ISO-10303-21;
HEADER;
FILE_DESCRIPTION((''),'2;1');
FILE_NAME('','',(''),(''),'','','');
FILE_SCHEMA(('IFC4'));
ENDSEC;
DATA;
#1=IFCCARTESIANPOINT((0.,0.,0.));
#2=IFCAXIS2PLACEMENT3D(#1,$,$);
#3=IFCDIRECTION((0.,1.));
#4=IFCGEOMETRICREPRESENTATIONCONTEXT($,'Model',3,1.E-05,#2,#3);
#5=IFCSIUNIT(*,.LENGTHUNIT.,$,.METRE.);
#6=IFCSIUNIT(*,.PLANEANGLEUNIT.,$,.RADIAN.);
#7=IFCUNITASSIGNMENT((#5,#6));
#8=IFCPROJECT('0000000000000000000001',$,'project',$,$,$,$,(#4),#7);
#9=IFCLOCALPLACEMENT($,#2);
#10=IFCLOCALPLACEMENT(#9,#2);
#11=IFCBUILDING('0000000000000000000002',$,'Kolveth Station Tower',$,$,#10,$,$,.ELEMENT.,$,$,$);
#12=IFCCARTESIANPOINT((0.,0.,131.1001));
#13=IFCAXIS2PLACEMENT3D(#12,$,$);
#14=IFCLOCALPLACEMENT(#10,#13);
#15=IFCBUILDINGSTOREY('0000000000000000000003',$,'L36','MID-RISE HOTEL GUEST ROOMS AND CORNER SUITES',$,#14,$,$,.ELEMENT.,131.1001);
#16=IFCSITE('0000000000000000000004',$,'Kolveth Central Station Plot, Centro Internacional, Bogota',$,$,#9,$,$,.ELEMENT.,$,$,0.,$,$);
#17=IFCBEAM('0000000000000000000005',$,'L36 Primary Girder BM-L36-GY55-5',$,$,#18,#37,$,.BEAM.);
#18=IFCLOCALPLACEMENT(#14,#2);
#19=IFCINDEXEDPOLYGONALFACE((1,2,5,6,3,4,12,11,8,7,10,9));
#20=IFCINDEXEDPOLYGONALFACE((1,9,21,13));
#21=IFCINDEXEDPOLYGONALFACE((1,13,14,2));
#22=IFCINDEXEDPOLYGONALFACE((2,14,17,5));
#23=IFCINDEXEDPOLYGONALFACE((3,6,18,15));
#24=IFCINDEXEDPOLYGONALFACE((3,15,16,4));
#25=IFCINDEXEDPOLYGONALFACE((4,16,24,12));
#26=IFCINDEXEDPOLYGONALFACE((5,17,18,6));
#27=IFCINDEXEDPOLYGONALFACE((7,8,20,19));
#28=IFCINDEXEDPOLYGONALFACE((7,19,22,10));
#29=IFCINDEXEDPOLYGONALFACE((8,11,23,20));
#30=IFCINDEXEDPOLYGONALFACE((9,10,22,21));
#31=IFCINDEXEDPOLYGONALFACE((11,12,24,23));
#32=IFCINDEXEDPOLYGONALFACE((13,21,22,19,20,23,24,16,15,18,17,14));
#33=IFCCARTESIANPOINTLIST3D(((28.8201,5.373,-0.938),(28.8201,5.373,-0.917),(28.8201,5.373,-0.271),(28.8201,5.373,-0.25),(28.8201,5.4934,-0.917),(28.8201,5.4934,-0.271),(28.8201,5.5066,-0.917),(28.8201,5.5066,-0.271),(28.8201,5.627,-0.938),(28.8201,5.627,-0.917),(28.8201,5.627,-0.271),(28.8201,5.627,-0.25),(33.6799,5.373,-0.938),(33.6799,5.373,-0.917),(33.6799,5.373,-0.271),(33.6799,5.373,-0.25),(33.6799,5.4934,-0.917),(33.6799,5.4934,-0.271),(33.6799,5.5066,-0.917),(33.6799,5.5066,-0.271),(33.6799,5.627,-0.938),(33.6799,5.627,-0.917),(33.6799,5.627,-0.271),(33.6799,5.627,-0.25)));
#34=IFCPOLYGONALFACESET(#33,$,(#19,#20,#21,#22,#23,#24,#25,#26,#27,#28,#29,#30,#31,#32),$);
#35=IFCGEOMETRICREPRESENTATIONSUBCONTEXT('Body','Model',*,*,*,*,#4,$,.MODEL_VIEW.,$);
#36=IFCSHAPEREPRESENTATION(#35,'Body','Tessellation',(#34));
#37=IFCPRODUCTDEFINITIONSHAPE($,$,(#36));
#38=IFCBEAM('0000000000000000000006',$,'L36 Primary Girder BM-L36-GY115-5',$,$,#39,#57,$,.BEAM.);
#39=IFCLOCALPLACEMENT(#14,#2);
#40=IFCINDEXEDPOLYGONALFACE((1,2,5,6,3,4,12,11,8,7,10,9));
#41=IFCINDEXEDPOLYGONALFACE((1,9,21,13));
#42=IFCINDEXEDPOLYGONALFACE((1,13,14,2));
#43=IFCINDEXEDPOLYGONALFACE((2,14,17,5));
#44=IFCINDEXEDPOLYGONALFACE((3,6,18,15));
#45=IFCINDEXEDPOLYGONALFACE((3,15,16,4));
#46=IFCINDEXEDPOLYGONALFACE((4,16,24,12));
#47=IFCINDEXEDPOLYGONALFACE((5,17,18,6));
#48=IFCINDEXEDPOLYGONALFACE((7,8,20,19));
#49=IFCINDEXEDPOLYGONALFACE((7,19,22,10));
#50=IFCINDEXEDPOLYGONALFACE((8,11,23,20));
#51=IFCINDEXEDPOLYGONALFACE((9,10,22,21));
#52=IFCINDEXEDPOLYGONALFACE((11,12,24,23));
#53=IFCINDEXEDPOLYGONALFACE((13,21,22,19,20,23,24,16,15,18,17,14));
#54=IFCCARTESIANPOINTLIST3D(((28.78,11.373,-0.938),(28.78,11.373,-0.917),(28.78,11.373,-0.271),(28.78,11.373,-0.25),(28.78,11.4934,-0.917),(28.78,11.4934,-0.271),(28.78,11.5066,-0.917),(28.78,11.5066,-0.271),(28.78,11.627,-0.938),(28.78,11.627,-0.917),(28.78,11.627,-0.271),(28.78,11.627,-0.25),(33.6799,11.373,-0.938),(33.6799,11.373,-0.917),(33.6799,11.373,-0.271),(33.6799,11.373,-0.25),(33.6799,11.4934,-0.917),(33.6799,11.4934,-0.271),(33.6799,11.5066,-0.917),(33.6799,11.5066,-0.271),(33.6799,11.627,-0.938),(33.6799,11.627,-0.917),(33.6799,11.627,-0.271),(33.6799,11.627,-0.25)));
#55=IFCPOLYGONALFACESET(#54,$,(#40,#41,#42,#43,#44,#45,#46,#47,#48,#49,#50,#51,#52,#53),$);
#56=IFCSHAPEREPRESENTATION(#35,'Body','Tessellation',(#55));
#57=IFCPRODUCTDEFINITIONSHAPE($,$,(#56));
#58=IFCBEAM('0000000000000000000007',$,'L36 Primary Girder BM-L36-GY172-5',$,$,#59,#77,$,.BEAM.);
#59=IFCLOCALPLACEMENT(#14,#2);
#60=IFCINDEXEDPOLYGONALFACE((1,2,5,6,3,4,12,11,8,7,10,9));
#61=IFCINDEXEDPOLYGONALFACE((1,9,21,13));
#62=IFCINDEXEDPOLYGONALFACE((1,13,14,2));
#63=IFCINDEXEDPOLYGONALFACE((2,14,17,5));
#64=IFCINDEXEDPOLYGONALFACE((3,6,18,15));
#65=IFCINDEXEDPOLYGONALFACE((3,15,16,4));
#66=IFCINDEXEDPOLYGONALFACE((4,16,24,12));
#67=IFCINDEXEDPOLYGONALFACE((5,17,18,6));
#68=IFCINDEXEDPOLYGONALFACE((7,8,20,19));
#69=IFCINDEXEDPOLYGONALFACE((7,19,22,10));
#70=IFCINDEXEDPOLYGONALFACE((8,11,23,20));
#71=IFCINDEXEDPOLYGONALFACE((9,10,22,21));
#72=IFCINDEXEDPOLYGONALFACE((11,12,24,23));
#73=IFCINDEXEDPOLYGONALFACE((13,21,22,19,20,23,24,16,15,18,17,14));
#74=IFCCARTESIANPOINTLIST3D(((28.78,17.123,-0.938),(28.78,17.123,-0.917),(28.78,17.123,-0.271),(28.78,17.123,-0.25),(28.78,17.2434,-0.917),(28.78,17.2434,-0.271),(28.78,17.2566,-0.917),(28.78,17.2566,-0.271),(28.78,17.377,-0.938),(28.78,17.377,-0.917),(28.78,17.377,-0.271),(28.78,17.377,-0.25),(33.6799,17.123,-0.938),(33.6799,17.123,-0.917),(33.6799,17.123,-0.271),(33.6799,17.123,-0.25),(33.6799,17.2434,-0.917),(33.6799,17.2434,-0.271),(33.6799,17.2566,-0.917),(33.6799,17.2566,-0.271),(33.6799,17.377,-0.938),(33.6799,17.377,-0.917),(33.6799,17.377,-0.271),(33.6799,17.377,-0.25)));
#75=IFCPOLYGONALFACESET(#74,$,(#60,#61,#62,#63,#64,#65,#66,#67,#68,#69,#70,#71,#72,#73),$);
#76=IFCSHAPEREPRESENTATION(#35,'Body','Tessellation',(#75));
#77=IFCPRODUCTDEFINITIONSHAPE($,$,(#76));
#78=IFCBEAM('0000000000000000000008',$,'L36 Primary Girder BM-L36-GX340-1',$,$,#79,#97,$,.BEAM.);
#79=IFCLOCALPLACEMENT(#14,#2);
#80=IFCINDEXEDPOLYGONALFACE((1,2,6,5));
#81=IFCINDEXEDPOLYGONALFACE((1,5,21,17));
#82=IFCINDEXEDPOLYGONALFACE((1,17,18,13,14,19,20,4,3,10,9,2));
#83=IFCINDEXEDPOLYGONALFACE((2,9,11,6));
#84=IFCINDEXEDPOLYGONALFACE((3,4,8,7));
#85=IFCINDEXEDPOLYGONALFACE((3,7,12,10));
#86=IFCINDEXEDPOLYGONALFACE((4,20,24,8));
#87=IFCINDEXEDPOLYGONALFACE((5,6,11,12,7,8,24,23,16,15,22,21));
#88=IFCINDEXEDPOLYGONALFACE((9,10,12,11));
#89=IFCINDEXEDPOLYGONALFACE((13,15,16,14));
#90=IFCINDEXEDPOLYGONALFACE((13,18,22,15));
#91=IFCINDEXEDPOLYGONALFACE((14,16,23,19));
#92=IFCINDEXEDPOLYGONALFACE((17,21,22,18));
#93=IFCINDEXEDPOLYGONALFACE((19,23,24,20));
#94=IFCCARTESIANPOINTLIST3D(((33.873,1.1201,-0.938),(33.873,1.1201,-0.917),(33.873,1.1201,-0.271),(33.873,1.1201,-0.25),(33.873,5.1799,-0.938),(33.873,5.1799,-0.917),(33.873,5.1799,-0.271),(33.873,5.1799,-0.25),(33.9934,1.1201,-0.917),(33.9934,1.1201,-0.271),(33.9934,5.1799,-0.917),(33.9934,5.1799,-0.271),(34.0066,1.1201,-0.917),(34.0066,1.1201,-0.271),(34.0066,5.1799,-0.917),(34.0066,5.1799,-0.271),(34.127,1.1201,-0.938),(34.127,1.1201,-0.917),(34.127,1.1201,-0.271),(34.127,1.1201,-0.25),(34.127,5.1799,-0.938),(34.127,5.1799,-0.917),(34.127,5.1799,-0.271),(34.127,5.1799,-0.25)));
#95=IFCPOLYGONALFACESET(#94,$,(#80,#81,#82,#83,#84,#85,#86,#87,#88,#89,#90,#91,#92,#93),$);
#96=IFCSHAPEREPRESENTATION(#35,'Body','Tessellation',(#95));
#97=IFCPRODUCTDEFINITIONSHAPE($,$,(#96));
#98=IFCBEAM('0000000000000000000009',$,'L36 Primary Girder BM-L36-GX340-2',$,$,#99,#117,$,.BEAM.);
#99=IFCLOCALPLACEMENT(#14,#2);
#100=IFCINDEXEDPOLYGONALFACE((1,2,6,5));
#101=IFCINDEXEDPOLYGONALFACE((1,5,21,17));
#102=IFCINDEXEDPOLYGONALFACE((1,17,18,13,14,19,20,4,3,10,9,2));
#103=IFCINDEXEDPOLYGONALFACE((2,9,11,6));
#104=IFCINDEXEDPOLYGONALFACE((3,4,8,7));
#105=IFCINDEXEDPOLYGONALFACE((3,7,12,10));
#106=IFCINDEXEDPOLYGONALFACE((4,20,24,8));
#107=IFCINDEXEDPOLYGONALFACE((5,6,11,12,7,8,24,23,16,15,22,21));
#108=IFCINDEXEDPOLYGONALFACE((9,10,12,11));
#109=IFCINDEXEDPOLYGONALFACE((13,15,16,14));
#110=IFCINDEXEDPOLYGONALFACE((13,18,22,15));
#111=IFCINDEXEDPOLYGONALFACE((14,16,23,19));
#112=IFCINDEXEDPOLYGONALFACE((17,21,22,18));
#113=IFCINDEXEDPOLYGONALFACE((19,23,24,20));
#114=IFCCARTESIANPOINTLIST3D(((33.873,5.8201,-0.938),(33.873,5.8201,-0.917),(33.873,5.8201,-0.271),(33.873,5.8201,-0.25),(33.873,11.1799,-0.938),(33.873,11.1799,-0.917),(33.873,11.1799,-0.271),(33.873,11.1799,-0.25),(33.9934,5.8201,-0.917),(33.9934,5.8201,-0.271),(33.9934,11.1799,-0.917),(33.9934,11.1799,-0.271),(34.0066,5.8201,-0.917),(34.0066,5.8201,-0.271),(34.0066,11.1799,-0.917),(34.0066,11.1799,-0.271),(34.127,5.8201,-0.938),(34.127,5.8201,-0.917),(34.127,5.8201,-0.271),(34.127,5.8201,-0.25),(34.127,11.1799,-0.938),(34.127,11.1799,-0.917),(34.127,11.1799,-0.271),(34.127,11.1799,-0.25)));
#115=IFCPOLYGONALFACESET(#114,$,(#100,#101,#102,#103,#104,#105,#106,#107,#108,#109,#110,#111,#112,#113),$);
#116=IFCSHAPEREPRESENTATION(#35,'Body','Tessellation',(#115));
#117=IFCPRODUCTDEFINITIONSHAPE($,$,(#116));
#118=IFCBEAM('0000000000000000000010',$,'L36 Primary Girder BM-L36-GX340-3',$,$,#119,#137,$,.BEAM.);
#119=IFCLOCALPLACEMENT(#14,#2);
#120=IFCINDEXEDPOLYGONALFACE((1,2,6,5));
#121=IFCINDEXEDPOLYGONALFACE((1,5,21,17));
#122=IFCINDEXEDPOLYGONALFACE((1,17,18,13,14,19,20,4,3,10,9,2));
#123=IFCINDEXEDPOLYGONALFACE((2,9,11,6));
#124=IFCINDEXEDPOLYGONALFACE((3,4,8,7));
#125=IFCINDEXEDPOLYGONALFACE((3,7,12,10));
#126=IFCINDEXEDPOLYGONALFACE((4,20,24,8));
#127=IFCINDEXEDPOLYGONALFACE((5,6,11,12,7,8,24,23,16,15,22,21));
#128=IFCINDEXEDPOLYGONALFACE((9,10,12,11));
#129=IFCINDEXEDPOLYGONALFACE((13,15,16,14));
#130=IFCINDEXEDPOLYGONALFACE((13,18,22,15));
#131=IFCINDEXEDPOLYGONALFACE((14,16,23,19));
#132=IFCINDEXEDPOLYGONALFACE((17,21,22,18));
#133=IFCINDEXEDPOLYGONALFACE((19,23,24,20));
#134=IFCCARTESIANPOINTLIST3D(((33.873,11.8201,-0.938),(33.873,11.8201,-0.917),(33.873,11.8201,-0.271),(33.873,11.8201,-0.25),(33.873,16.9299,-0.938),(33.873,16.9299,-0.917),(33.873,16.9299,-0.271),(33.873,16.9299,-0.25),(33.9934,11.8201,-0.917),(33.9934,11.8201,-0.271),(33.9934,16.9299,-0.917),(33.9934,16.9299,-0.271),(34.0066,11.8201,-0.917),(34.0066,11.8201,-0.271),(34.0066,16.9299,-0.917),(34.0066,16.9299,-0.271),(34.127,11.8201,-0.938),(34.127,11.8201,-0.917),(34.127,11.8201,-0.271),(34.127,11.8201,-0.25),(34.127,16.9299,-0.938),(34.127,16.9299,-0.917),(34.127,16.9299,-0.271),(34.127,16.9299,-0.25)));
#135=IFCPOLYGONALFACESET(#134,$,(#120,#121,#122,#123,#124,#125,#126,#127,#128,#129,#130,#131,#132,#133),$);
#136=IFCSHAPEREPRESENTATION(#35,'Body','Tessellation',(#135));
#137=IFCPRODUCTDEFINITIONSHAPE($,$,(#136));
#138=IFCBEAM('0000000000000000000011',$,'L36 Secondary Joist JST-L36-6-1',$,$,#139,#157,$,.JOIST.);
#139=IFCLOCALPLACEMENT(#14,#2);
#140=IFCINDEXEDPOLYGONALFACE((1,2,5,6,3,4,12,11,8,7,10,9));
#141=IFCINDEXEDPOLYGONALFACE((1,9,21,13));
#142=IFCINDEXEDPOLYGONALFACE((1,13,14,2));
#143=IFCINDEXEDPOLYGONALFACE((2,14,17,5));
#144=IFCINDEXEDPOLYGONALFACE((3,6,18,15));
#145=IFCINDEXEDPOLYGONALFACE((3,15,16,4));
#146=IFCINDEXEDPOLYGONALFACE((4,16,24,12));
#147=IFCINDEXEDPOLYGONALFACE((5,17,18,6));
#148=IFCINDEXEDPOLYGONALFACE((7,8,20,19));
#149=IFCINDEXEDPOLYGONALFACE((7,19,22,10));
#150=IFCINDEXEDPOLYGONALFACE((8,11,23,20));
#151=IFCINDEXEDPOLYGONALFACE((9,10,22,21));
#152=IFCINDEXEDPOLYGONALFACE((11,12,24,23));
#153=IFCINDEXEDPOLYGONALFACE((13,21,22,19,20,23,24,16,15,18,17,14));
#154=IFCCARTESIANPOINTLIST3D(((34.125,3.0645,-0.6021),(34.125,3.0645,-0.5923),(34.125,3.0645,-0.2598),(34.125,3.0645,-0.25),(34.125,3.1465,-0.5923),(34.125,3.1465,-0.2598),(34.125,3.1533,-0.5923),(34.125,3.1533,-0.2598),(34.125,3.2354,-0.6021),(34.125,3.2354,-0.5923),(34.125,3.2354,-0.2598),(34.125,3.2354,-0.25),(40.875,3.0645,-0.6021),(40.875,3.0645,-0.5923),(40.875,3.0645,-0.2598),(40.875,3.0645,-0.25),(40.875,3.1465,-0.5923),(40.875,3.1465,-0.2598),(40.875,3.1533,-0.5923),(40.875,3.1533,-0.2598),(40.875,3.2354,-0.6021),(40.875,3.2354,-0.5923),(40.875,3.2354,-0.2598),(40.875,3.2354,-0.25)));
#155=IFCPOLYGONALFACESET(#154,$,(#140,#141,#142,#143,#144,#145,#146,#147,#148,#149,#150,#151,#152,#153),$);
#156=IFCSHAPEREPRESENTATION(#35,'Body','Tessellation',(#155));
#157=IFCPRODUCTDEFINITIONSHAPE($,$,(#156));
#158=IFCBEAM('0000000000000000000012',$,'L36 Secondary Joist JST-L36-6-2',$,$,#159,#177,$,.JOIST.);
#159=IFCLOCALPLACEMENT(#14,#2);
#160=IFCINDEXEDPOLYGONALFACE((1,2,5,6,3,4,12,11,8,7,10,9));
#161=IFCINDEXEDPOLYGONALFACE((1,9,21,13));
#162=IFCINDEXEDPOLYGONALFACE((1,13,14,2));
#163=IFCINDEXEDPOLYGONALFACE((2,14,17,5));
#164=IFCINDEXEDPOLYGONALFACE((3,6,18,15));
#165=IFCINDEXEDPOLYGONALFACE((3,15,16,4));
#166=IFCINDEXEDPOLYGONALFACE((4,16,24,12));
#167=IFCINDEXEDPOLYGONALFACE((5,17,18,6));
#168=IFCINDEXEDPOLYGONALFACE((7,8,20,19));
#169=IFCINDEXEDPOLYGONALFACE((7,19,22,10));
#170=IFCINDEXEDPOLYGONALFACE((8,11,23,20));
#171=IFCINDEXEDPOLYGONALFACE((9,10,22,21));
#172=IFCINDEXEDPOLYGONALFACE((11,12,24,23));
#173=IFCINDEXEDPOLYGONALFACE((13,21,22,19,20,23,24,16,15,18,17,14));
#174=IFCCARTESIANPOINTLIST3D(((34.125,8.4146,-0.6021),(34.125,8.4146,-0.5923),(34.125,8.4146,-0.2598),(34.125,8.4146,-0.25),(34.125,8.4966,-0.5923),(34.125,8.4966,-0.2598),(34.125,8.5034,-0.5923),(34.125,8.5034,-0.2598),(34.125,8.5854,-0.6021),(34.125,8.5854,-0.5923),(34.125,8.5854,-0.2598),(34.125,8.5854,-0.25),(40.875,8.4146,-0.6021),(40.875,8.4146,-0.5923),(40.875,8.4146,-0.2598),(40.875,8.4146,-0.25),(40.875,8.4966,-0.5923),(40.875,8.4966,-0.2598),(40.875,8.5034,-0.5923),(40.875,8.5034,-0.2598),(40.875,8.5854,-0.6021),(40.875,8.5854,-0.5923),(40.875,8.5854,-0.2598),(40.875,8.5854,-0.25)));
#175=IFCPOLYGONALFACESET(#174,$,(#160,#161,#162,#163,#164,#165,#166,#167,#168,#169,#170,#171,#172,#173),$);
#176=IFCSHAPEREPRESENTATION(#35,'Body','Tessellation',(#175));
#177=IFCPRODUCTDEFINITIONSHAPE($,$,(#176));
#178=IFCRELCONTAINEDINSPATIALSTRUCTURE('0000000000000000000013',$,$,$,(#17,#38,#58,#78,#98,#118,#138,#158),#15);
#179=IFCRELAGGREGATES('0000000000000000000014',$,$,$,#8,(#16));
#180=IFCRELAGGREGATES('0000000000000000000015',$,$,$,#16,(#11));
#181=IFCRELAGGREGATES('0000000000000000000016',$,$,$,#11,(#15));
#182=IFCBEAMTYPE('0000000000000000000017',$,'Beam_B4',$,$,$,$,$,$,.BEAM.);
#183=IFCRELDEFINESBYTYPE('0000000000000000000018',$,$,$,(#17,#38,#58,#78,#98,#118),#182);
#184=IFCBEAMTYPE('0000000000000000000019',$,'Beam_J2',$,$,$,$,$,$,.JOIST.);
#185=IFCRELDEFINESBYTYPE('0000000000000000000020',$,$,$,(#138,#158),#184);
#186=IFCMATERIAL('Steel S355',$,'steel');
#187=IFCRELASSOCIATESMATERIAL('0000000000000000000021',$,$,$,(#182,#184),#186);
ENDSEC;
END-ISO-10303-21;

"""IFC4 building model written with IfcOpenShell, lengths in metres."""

from ifc_helpers import new_model, si_unit, direction, frame, origin, origin_2d, place, context, subcontext, project, spatial, i_section, extrude, source, transform, mapped, material, material_profile, profile_set, type_object, element, save


model = new_model("IFC4")

# Units and contexts
model_context = context("Model", 3, precision=1e-05, world=origin(), true_north=direction((0.0, 1.0)))
body_context = subcontext(model_context, "Body", "Model", "MODEL_VIEW")
ifc_project = project(units=[si_unit("LENGTHUNIT", "METRE"), si_unit("PLANEANGLEUNIT", "RADIAN")], contexts=[model_context])

# Site, building, storey
site_placement = place(None, origin())
site = spatial("IfcSite", under=ifc_project, at=site_placement, Name="Kolveth Central Station Plot, Centro Internacional, Bogota", CompositionType="ELEMENT", RefElevation=0.0)
building_placement = place(site_placement, origin())
building = spatial("IfcBuilding", under=site, at=building_placement, Name="Kolveth Station Tower", CompositionType="ELEMENT")
storey_placement = place(building_placement, frame((0.0, 0.0, 131.1001)))
storey = spatial("IfcBuildingStorey", under=building, at=storey_placement, Name="L36", Description="MID-RISE HOTEL GUEST ROOMS AND CORNER SUITES", CompositionType="ELEMENT", Elevation=131.1001)

# Beams
ifc_material_1 = material(Name="Steel S355", Category="steel")
ifc_material_profile_1 = material_profile(ifc_material_1, i_section(OverallWidth=0.2539, OverallDepth=0.688, WebThickness=0.0132, FlangeThickness=0.021, at=origin_2d()), Name="W690x152")
ifc_profile_set_1 = profile_set([ifc_material_profile_1], Name="Steel S355")
beam_type_1 = type_object("IfcBeamType", Name="Beam_B4", PredefinedType="BEAM", material=ifc_profile_set_1)
shared_shape_1 = source(origin(), body_context, "Body", "SweptSolid", [
    extrude(i_section(OverallWidth=0.2539, OverallDepth=0.688, WebThickness=0.0132, FlangeThickness=0.021, at=origin_2d()), origin(), (0.0, 0.0, 1.0), 4.8599),
])
beam_1_placement = place(storey_placement, frame((28.8201, 5.5, -0.594), z_axis=(1.0, 0.0, 0.0), x_axis=(0.0, 1.0, 0.0)))
element("IfcBeam", 1, at=beam_1_placement, inside=storey, type_object=beam_type_1, Name="L36 Primary Girder BM-L36-GY55-5", PredefinedType="BEAM", context=body_context, shape_type="MappedRepresentation", body=[
    mapped(shared_shape_1, transform((0.0, 0.0, 0.0), x_axis=(1.0, 0.0, 0.0), y_axis=(0.0, 1.0, 0.0), z_axis=(0.0, 0.0, 1.0), scale=1.0)),
])
shared_shape_2 = source(origin(), body_context, "Body", "SweptSolid", [
    extrude(i_section(OverallWidth=0.2539, OverallDepth=0.688, WebThickness=0.0132, FlangeThickness=0.021, at=origin_2d()), origin(), (0.0, 0.0, 1.0), 4.8999),
])
for number, where, z_axis, x_axis, name in (
    (2, (28.78, 11.5, -0.594), (1.0, 0.0, 0.0), (0.0, 1.0, 0.0), "L36 Primary Girder BM-L36-GY115-5"),
    (3, (28.78, 17.25, -0.594), (1.0, 0.0, 0.0), (0.0, 1.0, 0.0), "L36 Primary Girder BM-L36-GY172-5"),
):
    element("IfcBeam", number, at=place(storey_placement, frame(where, z_axis=z_axis, x_axis=x_axis)), inside=storey, type_object=beam_type_1, Name=name, PredefinedType="BEAM", context=body_context, shape_type="MappedRepresentation", body=[
        mapped(shared_shape_2, transform((0.0, 0.0, 0.0), x_axis=(1.0, 0.0, 0.0), y_axis=(0.0, 1.0, 0.0), z_axis=(0.0, 0.0, 1.0), scale=1.0)),
    ])
shared_shape_3 = source(origin(), body_context, "Body", "SweptSolid", [
    extrude(i_section(OverallWidth=0.2539, OverallDepth=0.688, WebThickness=0.0132, FlangeThickness=0.021, at=origin_2d()), origin(), (0.0, 0.0, 1.0), 4.0598),
])
beam_2_placement = place(storey_placement, frame((34.0, 1.1201, -0.594), z_axis=(0.0, 1.0, 0.0), x_axis=(-1.0, 0.0, 0.0)))
element("IfcBeam", 4, at=beam_2_placement, inside=storey, type_object=beam_type_1, Name="L36 Primary Girder BM-L36-GX340-1", PredefinedType="BEAM", context=body_context, shape_type="MappedRepresentation", body=[
    mapped(shared_shape_3, transform((0.0, 0.0, 0.0), x_axis=(1.0, 0.0, 0.0), y_axis=(0.0, 1.0, 0.0), z_axis=(0.0, 0.0, 1.0), scale=1.0)),
])
shared_shape_4 = source(origin(), body_context, "Body", "SweptSolid", [
    extrude(i_section(OverallWidth=0.2539, OverallDepth=0.688, WebThickness=0.0132, FlangeThickness=0.021, at=origin_2d()), origin(), (0.0, 0.0, 1.0), 5.3599),
])
beam_3_placement = place(storey_placement, frame((34.0, 5.8201, -0.594), z_axis=(0.0, 1.0, 0.0), x_axis=(-1.0, 0.0, 0.0)))
element("IfcBeam", 5, at=beam_3_placement, inside=storey, type_object=beam_type_1, Name="L36 Primary Girder BM-L36-GX340-2", PredefinedType="BEAM", context=body_context, shape_type="MappedRepresentation", body=[
    mapped(shared_shape_4, transform((0.0, 0.0, 0.0), x_axis=(1.0, 0.0, 0.0), y_axis=(0.0, 1.0, 0.0), z_axis=(0.0, 0.0, 1.0), scale=1.0)),
])
shared_shape_5 = source(origin(), body_context, "Body", "SweptSolid", [
    extrude(i_section(OverallWidth=0.2539, OverallDepth=0.688, WebThickness=0.0132, FlangeThickness=0.021, at=origin_2d()), origin(), (0.0, 0.0, 1.0), 5.1099),
])
beam_4_placement = place(storey_placement, frame((34.0, 11.8201, -0.594), z_axis=(0.0, 1.0, 0.0), x_axis=(-1.0, 0.0, 0.0)))
element("IfcBeam", 6, at=beam_4_placement, inside=storey, type_object=beam_type_1, Name="L36 Primary Girder BM-L36-GX340-3", PredefinedType="BEAM", context=body_context, shape_type="MappedRepresentation", body=[
    mapped(shared_shape_5, transform((0.0, 0.0, 0.0), x_axis=(1.0, 0.0, 0.0), y_axis=(0.0, 1.0, 0.0), z_axis=(0.0, 0.0, 1.0), scale=1.0)),
])
ifc_material_profile_2 = material_profile(ifc_material_1, i_section(OverallWidth=0.1709, OverallDepth=0.3521, WebThickness=0.0068, FlangeThickness=0.0098, at=origin_2d()), Name="W360x44")
ifc_profile_set_2 = profile_set([ifc_material_profile_2], Name="Steel S355")
beam_type_2 = type_object("IfcBeamType", Name="Beam_J2", PredefinedType="JOIST", material=ifc_profile_set_2)
shared_shape_6 = source(origin(), body_context, "Body", "SweptSolid", [
    extrude(i_section(OverallWidth=0.1709, OverallDepth=0.3521, WebThickness=0.0068, FlangeThickness=0.0098, at=origin_2d()), origin(), (0.0, 0.0, 1.0), 6.75),
])
for number, where, z_axis, x_axis, name in (
    (7, (34.125, 3.1499, -0.426), (1.0, 0.0, 0.0), (0.0, 1.0, 0.0), "L36 Secondary Joist JST-L36-6-1"),
    (8, (34.125, 8.5, -0.426), (1.0, 0.0, 0.0), (0.0, 1.0, 0.0), "L36 Secondary Joist JST-L36-6-2"),
):
    element("IfcBeam", number, at=place(storey_placement, frame(where, z_axis=z_axis, x_axis=x_axis)), inside=storey, type_object=beam_type_2, Name=name, PredefinedType="JOIST", context=body_context, shape_type="MappedRepresentation", body=[
        mapped(shared_shape_6, transform((0.0, 0.0, 0.0), x_axis=(1.0, 0.0, 0.0), y_axis=(0.0, 1.0, 0.0), z_axis=(0.0, 0.0, 1.0), scale=1.0)),
    ])

save(model, "model.ifc")
